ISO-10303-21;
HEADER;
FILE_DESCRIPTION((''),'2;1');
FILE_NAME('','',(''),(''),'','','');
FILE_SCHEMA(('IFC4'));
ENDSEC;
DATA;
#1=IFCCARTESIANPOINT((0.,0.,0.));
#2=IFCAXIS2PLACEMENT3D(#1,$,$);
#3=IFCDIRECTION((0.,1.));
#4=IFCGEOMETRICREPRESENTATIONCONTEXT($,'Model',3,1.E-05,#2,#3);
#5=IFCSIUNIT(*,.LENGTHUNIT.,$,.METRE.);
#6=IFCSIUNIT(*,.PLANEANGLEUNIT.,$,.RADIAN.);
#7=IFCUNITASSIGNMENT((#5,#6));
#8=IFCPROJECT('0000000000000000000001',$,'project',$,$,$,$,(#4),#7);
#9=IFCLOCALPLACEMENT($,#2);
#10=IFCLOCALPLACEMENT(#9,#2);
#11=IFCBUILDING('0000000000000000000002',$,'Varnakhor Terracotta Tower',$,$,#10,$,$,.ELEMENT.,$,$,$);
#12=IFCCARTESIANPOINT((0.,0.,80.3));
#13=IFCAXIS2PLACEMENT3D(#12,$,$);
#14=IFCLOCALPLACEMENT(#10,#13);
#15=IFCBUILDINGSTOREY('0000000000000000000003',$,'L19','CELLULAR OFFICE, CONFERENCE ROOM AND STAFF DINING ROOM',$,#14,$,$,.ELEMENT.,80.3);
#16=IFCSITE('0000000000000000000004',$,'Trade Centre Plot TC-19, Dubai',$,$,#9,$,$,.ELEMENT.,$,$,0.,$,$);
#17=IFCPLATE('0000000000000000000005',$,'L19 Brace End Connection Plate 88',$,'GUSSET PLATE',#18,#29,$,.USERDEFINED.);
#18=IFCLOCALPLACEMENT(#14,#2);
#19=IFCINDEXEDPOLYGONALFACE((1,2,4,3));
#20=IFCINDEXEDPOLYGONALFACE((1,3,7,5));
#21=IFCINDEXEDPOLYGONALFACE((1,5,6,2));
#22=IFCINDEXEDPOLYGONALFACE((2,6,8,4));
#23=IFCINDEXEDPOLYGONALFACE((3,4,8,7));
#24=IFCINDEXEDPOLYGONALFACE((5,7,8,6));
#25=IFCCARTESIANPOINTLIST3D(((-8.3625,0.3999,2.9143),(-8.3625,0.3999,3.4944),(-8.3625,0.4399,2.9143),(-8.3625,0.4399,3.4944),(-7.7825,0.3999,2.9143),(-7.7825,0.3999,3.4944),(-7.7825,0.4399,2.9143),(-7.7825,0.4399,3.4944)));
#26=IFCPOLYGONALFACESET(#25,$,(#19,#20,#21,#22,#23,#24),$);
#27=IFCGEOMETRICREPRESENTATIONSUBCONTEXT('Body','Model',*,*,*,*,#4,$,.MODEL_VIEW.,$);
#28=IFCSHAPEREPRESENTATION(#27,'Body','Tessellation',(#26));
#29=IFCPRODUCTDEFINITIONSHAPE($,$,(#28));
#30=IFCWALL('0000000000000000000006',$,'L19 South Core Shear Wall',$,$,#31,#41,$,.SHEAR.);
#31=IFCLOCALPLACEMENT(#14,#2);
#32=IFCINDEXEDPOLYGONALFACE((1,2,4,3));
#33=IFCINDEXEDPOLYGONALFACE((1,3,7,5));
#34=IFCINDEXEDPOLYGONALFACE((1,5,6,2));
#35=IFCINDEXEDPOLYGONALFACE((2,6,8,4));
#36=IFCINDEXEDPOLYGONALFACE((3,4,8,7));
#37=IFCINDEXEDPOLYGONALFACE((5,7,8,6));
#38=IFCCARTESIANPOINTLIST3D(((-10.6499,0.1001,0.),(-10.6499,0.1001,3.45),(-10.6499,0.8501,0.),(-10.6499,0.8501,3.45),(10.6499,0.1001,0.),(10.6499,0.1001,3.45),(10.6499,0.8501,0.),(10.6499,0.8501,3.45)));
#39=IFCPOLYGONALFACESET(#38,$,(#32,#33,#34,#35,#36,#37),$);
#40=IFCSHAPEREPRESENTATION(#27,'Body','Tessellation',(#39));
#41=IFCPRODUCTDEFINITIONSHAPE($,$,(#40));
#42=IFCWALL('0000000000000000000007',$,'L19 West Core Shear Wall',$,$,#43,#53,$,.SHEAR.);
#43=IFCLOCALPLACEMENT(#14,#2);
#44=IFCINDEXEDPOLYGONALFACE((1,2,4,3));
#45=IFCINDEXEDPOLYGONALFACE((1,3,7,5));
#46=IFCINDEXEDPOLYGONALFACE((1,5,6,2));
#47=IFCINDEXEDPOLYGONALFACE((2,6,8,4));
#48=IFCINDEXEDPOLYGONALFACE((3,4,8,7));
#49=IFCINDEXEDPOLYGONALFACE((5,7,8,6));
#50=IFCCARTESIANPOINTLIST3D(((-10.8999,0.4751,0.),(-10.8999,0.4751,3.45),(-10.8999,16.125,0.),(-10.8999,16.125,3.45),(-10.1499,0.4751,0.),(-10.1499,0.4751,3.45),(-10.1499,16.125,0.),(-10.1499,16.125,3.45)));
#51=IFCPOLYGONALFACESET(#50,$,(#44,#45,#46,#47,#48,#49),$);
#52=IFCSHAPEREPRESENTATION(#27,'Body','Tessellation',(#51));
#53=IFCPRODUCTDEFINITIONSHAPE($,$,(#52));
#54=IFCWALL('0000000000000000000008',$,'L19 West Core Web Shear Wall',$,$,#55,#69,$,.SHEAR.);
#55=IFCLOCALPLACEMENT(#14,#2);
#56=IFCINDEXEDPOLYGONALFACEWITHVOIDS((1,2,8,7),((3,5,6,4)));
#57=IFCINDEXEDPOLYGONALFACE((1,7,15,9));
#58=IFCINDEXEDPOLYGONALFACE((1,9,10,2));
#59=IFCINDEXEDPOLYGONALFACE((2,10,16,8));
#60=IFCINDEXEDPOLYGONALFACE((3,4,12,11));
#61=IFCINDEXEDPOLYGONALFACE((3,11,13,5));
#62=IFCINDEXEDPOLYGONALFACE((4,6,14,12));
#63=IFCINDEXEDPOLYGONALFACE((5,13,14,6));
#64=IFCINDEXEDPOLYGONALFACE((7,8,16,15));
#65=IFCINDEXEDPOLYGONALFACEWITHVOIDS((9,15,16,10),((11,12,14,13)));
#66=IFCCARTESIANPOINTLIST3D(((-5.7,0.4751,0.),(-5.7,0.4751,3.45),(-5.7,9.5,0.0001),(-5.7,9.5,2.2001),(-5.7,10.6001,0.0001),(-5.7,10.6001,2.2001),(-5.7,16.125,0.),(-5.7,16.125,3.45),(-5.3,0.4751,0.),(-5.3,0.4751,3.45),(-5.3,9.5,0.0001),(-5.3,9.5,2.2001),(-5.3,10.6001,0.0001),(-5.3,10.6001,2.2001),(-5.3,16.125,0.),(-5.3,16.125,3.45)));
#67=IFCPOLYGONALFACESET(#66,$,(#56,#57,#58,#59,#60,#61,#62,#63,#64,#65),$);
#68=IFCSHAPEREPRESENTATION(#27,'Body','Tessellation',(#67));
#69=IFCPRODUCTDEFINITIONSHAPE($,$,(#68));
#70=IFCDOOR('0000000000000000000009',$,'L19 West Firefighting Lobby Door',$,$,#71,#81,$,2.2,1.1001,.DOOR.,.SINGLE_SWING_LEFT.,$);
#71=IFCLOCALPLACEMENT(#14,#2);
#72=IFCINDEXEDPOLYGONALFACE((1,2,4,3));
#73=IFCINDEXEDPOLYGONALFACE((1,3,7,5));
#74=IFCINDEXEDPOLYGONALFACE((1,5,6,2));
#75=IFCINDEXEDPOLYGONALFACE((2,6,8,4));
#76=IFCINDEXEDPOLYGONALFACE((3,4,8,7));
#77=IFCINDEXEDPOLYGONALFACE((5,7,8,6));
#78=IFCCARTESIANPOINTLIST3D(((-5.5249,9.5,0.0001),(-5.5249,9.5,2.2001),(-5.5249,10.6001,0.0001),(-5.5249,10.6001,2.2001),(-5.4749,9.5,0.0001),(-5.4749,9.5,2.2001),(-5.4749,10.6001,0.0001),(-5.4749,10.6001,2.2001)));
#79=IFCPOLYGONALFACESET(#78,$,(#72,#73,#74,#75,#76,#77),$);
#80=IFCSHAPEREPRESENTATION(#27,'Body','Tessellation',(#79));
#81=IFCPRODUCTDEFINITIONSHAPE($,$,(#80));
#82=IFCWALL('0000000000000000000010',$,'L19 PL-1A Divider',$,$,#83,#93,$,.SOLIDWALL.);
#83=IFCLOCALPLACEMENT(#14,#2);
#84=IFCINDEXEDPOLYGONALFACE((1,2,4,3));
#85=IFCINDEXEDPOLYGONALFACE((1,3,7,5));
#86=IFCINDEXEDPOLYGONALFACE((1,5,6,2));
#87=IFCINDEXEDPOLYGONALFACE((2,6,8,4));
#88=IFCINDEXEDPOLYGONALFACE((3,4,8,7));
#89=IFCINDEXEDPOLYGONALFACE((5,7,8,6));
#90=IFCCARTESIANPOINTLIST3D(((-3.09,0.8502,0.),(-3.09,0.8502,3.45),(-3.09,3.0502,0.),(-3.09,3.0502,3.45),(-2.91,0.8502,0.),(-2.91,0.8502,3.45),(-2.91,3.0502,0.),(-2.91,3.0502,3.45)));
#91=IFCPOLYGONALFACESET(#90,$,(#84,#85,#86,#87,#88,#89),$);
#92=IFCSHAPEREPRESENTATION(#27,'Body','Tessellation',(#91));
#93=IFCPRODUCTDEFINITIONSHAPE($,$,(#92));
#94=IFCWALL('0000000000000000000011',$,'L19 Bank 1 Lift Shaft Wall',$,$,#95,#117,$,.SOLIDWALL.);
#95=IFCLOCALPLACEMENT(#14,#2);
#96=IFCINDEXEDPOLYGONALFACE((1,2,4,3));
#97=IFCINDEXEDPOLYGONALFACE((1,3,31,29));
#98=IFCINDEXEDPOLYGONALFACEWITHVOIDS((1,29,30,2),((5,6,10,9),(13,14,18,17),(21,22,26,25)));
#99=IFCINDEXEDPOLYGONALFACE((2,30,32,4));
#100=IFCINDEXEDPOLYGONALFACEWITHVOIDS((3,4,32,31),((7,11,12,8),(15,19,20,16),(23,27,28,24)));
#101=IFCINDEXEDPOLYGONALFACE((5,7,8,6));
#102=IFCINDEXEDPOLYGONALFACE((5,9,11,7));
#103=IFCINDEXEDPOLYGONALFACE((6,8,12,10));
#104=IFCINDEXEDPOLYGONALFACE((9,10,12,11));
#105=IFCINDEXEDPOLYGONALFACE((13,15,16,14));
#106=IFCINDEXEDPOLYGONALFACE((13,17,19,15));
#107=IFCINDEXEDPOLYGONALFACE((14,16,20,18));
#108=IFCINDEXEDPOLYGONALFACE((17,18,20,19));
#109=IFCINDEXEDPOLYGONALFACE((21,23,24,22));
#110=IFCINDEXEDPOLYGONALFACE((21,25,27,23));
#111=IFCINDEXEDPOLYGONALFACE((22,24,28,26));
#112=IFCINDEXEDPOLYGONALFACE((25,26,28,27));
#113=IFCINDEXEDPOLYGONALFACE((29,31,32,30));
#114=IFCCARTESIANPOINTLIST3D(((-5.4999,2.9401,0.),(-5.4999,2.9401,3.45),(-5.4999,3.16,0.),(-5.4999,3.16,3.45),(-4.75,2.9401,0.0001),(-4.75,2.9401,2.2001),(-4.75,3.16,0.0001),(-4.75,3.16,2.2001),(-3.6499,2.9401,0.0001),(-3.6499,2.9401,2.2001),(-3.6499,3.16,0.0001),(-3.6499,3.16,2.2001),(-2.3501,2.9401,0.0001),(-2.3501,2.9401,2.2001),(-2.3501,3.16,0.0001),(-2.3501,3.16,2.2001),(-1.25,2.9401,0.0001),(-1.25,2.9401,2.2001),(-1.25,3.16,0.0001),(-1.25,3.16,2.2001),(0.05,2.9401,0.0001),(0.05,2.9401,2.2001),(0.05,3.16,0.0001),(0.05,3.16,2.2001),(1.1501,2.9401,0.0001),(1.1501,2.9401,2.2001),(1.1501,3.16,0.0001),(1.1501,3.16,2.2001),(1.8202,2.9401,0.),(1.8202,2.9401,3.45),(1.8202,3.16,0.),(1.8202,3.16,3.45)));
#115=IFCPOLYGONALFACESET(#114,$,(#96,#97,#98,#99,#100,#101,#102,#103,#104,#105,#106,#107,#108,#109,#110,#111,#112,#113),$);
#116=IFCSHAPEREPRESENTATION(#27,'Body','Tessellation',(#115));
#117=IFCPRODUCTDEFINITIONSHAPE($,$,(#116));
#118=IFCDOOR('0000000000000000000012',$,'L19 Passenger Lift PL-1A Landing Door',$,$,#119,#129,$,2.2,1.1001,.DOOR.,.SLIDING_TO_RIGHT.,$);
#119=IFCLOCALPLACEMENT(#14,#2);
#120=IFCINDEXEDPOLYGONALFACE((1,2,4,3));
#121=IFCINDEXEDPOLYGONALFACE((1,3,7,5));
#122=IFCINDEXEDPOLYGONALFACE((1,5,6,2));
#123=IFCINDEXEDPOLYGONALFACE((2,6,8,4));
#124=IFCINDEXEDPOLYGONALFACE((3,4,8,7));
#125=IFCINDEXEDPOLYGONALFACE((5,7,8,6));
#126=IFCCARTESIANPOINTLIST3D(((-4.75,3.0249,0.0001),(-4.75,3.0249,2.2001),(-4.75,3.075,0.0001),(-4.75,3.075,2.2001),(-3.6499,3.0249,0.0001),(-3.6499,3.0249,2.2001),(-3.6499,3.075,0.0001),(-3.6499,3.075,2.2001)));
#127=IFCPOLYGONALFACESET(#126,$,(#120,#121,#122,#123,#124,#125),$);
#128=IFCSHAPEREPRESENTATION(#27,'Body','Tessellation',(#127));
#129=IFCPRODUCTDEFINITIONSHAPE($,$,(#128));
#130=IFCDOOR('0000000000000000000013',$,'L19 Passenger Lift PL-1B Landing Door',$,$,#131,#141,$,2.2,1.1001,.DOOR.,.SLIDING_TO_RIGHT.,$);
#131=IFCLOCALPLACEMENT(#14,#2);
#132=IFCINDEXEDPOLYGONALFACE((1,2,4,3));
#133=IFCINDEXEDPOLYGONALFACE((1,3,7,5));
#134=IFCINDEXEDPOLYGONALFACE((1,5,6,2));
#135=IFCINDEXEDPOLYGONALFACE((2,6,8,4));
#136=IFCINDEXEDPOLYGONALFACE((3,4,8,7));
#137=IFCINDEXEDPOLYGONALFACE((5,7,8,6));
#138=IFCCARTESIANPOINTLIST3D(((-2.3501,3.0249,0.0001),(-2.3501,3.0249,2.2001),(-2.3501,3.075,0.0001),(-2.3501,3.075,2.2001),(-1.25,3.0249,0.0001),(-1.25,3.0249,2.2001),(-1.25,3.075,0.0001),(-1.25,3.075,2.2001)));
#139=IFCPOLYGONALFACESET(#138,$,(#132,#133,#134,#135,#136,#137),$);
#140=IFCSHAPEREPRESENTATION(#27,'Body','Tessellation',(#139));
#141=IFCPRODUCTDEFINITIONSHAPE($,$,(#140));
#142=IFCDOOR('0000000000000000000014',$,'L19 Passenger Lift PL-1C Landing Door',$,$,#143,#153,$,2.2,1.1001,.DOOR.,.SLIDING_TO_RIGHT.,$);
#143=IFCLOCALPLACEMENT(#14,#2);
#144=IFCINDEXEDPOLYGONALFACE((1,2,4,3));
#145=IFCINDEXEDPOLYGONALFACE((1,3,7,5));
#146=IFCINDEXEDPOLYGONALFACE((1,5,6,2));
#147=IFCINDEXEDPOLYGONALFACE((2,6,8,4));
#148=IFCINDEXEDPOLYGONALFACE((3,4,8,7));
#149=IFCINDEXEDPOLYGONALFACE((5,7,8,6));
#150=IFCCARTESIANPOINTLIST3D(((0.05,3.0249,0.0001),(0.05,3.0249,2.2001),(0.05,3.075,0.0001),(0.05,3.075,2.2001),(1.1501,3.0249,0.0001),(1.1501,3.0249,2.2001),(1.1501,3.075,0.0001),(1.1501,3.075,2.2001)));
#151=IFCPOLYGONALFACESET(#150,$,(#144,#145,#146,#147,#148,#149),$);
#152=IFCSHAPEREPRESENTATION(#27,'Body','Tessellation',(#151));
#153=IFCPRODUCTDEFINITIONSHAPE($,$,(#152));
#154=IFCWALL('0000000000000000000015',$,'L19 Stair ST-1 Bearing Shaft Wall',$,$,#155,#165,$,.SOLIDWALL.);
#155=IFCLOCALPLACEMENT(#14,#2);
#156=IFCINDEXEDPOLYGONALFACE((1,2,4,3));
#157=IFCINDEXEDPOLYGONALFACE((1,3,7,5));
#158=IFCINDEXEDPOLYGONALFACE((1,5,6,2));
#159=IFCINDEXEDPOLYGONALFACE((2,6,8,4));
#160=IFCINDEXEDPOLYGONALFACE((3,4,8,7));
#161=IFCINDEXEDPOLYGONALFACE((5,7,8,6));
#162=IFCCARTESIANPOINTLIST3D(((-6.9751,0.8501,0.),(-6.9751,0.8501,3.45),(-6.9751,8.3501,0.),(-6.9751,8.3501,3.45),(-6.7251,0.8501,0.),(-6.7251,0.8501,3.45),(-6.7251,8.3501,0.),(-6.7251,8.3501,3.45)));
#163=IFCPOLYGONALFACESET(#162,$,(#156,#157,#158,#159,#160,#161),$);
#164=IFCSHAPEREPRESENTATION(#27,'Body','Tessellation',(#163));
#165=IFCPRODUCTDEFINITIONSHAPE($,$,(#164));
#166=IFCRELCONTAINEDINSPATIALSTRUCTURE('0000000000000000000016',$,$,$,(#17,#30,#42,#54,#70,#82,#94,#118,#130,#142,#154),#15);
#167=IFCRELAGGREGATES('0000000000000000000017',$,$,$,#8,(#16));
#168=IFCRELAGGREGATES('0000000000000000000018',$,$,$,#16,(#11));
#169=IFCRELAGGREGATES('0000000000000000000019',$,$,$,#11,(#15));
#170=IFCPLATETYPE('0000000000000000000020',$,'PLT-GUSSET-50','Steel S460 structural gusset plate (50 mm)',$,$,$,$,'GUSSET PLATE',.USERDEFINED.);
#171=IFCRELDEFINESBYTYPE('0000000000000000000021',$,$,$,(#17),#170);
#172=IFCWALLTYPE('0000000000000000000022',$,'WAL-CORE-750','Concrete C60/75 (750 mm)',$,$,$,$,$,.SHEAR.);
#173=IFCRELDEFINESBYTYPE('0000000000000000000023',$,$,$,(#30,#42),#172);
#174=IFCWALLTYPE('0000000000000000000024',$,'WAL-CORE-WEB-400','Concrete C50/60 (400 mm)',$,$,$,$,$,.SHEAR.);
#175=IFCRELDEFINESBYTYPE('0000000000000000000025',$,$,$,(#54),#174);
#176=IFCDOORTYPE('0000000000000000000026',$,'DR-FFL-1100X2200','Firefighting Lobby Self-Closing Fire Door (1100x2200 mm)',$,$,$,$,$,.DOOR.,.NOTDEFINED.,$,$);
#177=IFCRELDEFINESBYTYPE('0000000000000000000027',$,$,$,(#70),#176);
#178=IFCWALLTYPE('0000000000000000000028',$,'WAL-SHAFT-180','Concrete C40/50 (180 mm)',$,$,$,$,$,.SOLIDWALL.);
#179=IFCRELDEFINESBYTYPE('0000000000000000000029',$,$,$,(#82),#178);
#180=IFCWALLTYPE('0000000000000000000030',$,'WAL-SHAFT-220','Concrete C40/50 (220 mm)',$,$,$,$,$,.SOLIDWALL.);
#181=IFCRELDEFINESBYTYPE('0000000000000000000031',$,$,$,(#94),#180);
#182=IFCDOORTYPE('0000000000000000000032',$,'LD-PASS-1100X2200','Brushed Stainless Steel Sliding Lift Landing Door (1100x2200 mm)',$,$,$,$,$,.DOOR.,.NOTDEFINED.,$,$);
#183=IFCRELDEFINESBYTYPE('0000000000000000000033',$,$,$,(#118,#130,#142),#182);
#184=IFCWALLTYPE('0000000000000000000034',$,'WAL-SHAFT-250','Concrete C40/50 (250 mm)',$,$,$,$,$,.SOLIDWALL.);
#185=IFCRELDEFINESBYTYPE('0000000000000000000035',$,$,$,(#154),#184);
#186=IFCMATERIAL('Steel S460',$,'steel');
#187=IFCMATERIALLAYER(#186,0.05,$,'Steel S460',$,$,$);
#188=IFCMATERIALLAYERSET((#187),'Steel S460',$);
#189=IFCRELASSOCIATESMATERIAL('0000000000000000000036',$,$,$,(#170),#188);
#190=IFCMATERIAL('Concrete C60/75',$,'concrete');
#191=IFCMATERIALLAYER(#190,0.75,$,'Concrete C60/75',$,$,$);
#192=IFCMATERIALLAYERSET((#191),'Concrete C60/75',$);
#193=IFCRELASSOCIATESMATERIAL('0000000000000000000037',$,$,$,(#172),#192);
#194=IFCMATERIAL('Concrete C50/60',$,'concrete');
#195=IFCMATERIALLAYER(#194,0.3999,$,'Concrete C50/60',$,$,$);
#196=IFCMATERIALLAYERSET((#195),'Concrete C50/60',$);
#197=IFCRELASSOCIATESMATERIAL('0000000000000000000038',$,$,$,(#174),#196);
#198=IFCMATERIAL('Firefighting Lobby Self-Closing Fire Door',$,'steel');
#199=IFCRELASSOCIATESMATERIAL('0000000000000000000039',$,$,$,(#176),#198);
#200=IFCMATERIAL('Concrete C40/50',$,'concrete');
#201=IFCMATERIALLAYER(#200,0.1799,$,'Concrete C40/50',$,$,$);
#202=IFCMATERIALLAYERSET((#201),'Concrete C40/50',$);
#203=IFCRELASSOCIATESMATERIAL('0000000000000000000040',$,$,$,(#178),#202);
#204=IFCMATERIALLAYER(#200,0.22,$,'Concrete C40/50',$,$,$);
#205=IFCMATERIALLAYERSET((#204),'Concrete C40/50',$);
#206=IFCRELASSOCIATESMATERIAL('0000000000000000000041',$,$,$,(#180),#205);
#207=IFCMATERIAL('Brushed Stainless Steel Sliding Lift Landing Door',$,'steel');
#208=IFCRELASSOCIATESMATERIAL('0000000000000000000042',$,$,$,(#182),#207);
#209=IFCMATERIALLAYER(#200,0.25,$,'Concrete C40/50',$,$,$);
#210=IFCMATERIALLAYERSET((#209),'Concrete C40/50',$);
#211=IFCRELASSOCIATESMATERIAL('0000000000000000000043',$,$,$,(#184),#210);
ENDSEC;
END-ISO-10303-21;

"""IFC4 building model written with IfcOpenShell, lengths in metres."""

from ifc_helpers import new_model, si_unit, direction, frame, frame_2d, origin, origin_2d, place, context, subcontext, project, spatial, rectangle, extrude, source, transform, mapped, material, layer, layer_set, type_object, type_shapes, element, fill, save


model = new_model("IFC4")

# Units and contexts
model_context = context("Model", 3, precision=1e-05, world=origin(), true_north=direction((0.0, 1.0)))
body_context = subcontext(model_context, "Body", "Model", "MODEL_VIEW")
ifc_project = project(units=[si_unit("LENGTHUNIT", "METRE"), si_unit("PLANEANGLEUNIT", "RADIAN")], contexts=[model_context])

# Site, building, storey
site_placement = place(None, origin())
site = spatial("IfcSite", under=ifc_project, at=site_placement, Name="Trade Centre Plot TC-19, Dubai", CompositionType="ELEMENT", RefElevation=0.0)
building_placement = place(site_placement, origin())
building = spatial("IfcBuilding", under=site, at=building_placement, Name="Varnakhor Terracotta Tower", CompositionType="ELEMENT")
storey_placement = place(building_placement, frame((0.0, 0.0, 80.3)))
storey = spatial("IfcBuildingStorey", under=building, at=storey_placement, Name="L19", Description="CELLULAR OFFICE, CONFERENCE ROOM AND STAFF DINING ROOM", CompositionType="ELEMENT", Elevation=80.3)

# Shared definitions
ifc_material_1 = material(Name="Concrete C50/60", Category="concrete")

# Shared definitions
ifc_material_2 = material(Name="Steel S460", Category="steel")

# Plate
ifc_layer_1 = layer(ifc_material_2, 0.05, Name="Steel S460")
ifc_layer_set_1 = layer_set([ifc_layer_1], Name="Steel S460")
plate_type = type_object("IfcPlateType", Name="PLT-GUSSET-50", Description="Steel S460 structural gusset plate (50 mm)", ElementType="GUSSET PLATE", PredefinedType="USERDEFINED", material=ifc_layer_set_1)
shared_shape_1 = source(origin(), body_context, "Body", "SweptSolid", [
    extrude(rectangle(XDim=0.5801, YDim=0.04, at=origin_2d()), origin(), (0.0, 0.0, 1.0), 0.5801),
])
plate_placement = place(storey_placement, frame((-8.0725, 0.4199, 2.9143), z_axis=(0.0, 0.0, 1.0), x_axis=(1.0, 0.0, 0.0)))
element("IfcPlate", 1, at=plate_placement, inside=storey, type_object=plate_type, Name="L19 Brace End Connection Plate 88", ObjectType="GUSSET PLATE", PredefinedType="USERDEFINED", context=body_context, shape_type="MappedRepresentation", body=[
    mapped(shared_shape_1, transform((0.0, 0.0, 0.0), scale=1.0)),
])

# Walls
ifc_material_3 = material(Name="Concrete C60/75", Category="concrete")
ifc_layer_2 = layer(ifc_material_3, 0.75, Name="Concrete C60/75")
ifc_layer_set_2 = layer_set([ifc_layer_2], Name="Concrete C60/75")
wall_type_1 = type_object("IfcWallType", Name="WAL-CORE-750", Description="Concrete C60/75 (750 mm)", PredefinedType="SHEAR", material=ifc_layer_set_2)
wall_1_placement = place(storey_placement, frame((-10.6499, 0.4751, 0.0), z_axis=(0.0, 0.0, 1.0), x_axis=(1.0, 0.0, 0.0)))
element("IfcWall", 2, at=wall_1_placement, inside=storey, type_object=wall_type_1, Name="L19 South Core Shear Wall", PredefinedType="SHEAR", context=body_context, shape_type="SweptSolid", body=[
    extrude(rectangle(XDim=21.2998, YDim=0.75, at=frame_2d((10.6499, 0.0))), origin(), (0.0, 0.0, 1.0), 3.45),
])
wall_2_placement = place(storey_placement, frame((-10.5249, 0.4751, 0.0), z_axis=(0.0, 0.0, 1.0), x_axis=(0.0, 1.0, 0.0)))
element("IfcWall", 3, at=wall_2_placement, inside=storey, type_object=wall_type_1, Name="L19 West Core Shear Wall", PredefinedType="SHEAR", context=body_context, shape_type="SweptSolid", body=[
    extrude(rectangle(XDim=15.6499, YDim=0.75, at=frame_2d((7.825, 0.0))), origin(), (0.0, 0.0, 1.0), 3.45),
])

# Wall, opening, door
ifc_layer_3 = layer(ifc_material_1, 0.3999, Name="Concrete C50/60")
ifc_layer_set_3 = layer_set([ifc_layer_3], Name="Concrete C50/60")
wall_type_2 = type_object("IfcWallType", Name="WAL-CORE-WEB-400", Description="Concrete C50/60 (400 mm)", PredefinedType="SHEAR", material=ifc_layer_set_3)
wall_3_placement = place(storey_placement, frame((-5.5, 0.4751, 0.0), z_axis=(0.0, 0.0, 1.0), x_axis=(0.0, 1.0, 0.0)))
wall_3 = element("IfcWall", 4, at=wall_3_placement, inside=storey, type_object=wall_type_2, Name="L19 West Core Web Shear Wall", PredefinedType="SHEAR", context=body_context, shape_type="SweptSolid", body=[
    extrude(rectangle(XDim=15.6499, YDim=0.3999, at=frame_2d((7.825, 0.0))), origin(), (0.0, 0.0, 1.0), 3.45),
])
opening_1_placement = place(wall_3_placement, frame((9.0249, 0.0, 0.0)))
opening_1 = element("IfcOpeningElement", 5, at=opening_1_placement, cuts=wall_3, PredefinedType="OPENING", context=body_context, shape_type="SweptSolid", body=[
    extrude(rectangle(XDim=1.1001, YDim=2.2, at=frame_2d((0.55, 1.1001))), frame((0.0, 0.21, 0.0), z_axis=(0.0, -1.0, 0.0), x_axis=(1.0, 0.0, 0.0)), (0.0, 0.0, 1.0), 0.4199),
])
ifc_material_4 = material(Name="Firefighting Lobby Self-Closing Fire Door", Category="steel")
door_type_1 = type_object("IfcDoorType", Name="DR-FFL-1100X2200", Description="Firefighting Lobby Self-Closing Fire Door (1100x2200 mm)", OperationType="NOTDEFINED", PredefinedType="DOOR", material=ifc_material_4)
shared_shape_2 = source(origin(), body_context, "Body", "SweptSolid", [
    extrude(rectangle(XDim=1.1001, YDim=2.2, at=frame_2d((0.55, 1.1001))), frame((0.0, 0.0249, 0.0), z_axis=(0.0, -1.0, 0.0), x_axis=(1.0, 0.0, 0.0)), (0.0, 0.0, 1.0), 0.05),
])
type_shapes(door_type_1, [shared_shape_2])
door_1_placement = place(opening_1_placement, origin())
door_1 = element("IfcDoor", 6, at=door_1_placement, inside=storey, type_object=door_type_1, Name="L19 West Firefighting Lobby Door", OperationType="SINGLE_SWING_LEFT", OverallHeight=2.2, OverallWidth=1.1001, PredefinedType="DOOR", context=body_context, shape_type="MappedRepresentation", body=[
    mapped(shared_shape_2, transform((0.0, 0.0, 0.0), scale=1.0)),
])
fill(opening_1, door_1)

# Wall
ifc_material_5 = material(Name="Concrete C40/50", Category="concrete")
ifc_layer_4 = layer(ifc_material_5, 0.1799, Name="Concrete C40/50")
ifc_layer_set_4 = layer_set([ifc_layer_4], Name="Concrete C40/50")
wall_type_3 = type_object("IfcWallType", Name="WAL-SHAFT-180", Description="Concrete C40/50 (180 mm)", PredefinedType="SOLIDWALL", material=ifc_layer_set_4)
wall_4_placement = place(storey_placement, frame((-3.0, 0.8501, 0.0), z_axis=(0.0, 0.0, 1.0), x_axis=(0.0, 1.0, 0.0)))
element("IfcWall", 7, at=wall_4_placement, inside=storey, type_object=wall_type_3, Name="L19 PL-1A Divider", PredefinedType="SOLIDWALL", context=body_context, shape_type="SweptSolid", body=[
    extrude(rectangle(XDim=2.2, YDim=0.1799, at=frame_2d((1.1001, 0.0))), origin(), (0.0, 0.0, 1.0), 3.45),
])

# Wall, openings, doors
ifc_layer_5 = layer(ifc_material_5, 0.22, Name="Concrete C40/50")
ifc_layer_set_5 = layer_set([ifc_layer_5], Name="Concrete C40/50")
wall_type_4 = type_object("IfcWallType", Name="WAL-SHAFT-220", Description="Concrete C40/50 (220 mm)", PredefinedType="SOLIDWALL", material=ifc_layer_set_5)
wall_5_placement = place(storey_placement, frame((-5.5, 3.05, 0.0), z_axis=(0.0, 0.0, 1.0), x_axis=(1.0, 0.0, 0.0)))
wall_5 = element("IfcWall", 8, at=wall_5_placement, inside=storey, type_object=wall_type_4, Name="L19 Bank 1 Lift Shaft Wall", PredefinedType="SOLIDWALL", context=body_context, shape_type="SweptSolid", body=[
    extrude(rectangle(XDim=7.3201, YDim=0.22, at=frame_2d((3.6602, 0.0))), origin(), (0.0, 0.0, 1.0), 3.45),
])
opening_2_placement = place(wall_5_placement, frame((0.75, 0.0, 0.0)))
opening_2 = element("IfcOpeningElement", 9, at=opening_2_placement, cuts=wall_5, PredefinedType="OPENING", context=body_context, shape_type="SweptSolid", body=[
    extrude(rectangle(XDim=1.1001, YDim=2.2, at=frame_2d((0.55, 1.1001))), frame((0.0, 0.1201, 0.0), z_axis=(0.0, -1.0, 0.0), x_axis=(1.0, 0.0, 0.0)), (0.0, 0.0, 1.0), 0.24),
])
opening_3_placement = place(wall_5_placement, frame((3.1499, 0.0, 0.0)))
opening_3 = element("IfcOpeningElement", 10, at=opening_3_placement, cuts=wall_5, PredefinedType="OPENING", context=body_context, shape_type="SweptSolid", body=[
    extrude(rectangle(XDim=1.1001, YDim=2.2, at=frame_2d((0.55, 1.1001))), frame((0.0, 0.1201, 0.0), z_axis=(0.0, -1.0, 0.0), x_axis=(1.0, 0.0, 0.0)), (0.0, 0.0, 1.0), 0.24),
])
opening_4_placement = place(wall_5_placement, frame((5.55, 0.0, 0.0)))
opening_4 = element("IfcOpeningElement", 11, at=opening_4_placement, cuts=wall_5, PredefinedType="OPENING", context=body_context, shape_type="SweptSolid", body=[
    extrude(rectangle(XDim=1.1001, YDim=2.2, at=frame_2d((0.55, 1.1001))), frame((0.0, 0.1201, 0.0), z_axis=(0.0, -1.0, 0.0), x_axis=(1.0, 0.0, 0.0)), (0.0, 0.0, 1.0), 0.24),
])
ifc_material_6 = material(Name="Brushed Stainless Steel Sliding Lift Landing Door", Category="steel")
door_type_2 = type_object("IfcDoorType", Name="LD-PASS-1100X2200", Description="Brushed Stainless Steel Sliding Lift Landing Door (1100x2200 mm)", OperationType="NOTDEFINED", PredefinedType="DOOR", material=ifc_material_6)
shared_shape_3 = source(origin(), body_context, "Body", "SweptSolid", [
    extrude(rectangle(XDim=1.1001, YDim=2.2, at=frame_2d((0.55, 1.1001))), frame((0.0, 0.0249, 0.0), z_axis=(0.0, -1.0, 0.0), x_axis=(1.0, 0.0, 0.0)), (0.0, 0.0, 1.0), 0.05),
])
type_shapes(door_type_2, [shared_shape_3])
door_2_placement = place(opening_2_placement, origin())
door_2 = element("IfcDoor", 12, at=door_2_placement, inside=storey, type_object=door_type_2, Name="L19 Passenger Lift PL-1A Landing Door", OperationType="SLIDING_TO_RIGHT", OverallHeight=2.2, OverallWidth=1.1001, PredefinedType="DOOR", context=body_context, shape_type="MappedRepresentation", body=[
    mapped(shared_shape_3, transform((0.0, 0.0, 0.0), scale=1.0)),
])
fill(opening_2, door_2)
door_3_placement = place(opening_3_placement, origin())
door_3 = element("IfcDoor", 13, at=door_3_placement, inside=storey, type_object=door_type_2, Name="L19 Passenger Lift PL-1B Landing Door", OperationType="SLIDING_TO_RIGHT", OverallHeight=2.2, OverallWidth=1.1001, PredefinedType="DOOR", context=body_context, shape_type="MappedRepresentation", body=[
    mapped(shared_shape_3, transform((0.0, 0.0, 0.0), scale=1.0)),
])
fill(opening_3, door_3)
door_4_placement = place(opening_4_placement, origin())
door_4 = element("IfcDoor", 14, at=door_4_placement, inside=storey, type_object=door_type_2, Name="L19 Passenger Lift PL-1C Landing Door", OperationType="SLIDING_TO_RIGHT", OverallHeight=2.2, OverallWidth=1.1001, PredefinedType="DOOR", context=body_context, shape_type="MappedRepresentation", body=[
    mapped(shared_shape_3, transform((0.0, 0.0, 0.0), scale=1.0)),
])
fill(opening_4, door_4)

# Wall
ifc_layer_6 = layer(ifc_material_5, 0.25, Name="Concrete C40/50")
ifc_layer_set_6 = layer_set([ifc_layer_6], Name="Concrete C40/50")
wall_type_5 = type_object("IfcWallType", Name="WAL-SHAFT-250", Description="Concrete C40/50 (250 mm)", PredefinedType="SOLIDWALL", material=ifc_layer_set_6)
wall_6_placement = place(storey_placement, frame((-6.8501, 0.8501, 0.0), z_axis=(0.0, 0.0, 1.0), x_axis=(0.0, 1.0, 0.0)))
element("IfcWall", 15, at=wall_6_placement, inside=storey, type_object=wall_type_5, Name="L19 Stair ST-1 Bearing Shaft Wall", PredefinedType="SOLIDWALL", context=body_context, shape_type="SweptSolid", body=[
    extrude(rectangle(XDim=7.5, YDim=0.25, at=frame_2d((3.75, 0.0))), origin(), (0.0, 0.0, 1.0), 3.45),
])

save(model, "model.ifc")
